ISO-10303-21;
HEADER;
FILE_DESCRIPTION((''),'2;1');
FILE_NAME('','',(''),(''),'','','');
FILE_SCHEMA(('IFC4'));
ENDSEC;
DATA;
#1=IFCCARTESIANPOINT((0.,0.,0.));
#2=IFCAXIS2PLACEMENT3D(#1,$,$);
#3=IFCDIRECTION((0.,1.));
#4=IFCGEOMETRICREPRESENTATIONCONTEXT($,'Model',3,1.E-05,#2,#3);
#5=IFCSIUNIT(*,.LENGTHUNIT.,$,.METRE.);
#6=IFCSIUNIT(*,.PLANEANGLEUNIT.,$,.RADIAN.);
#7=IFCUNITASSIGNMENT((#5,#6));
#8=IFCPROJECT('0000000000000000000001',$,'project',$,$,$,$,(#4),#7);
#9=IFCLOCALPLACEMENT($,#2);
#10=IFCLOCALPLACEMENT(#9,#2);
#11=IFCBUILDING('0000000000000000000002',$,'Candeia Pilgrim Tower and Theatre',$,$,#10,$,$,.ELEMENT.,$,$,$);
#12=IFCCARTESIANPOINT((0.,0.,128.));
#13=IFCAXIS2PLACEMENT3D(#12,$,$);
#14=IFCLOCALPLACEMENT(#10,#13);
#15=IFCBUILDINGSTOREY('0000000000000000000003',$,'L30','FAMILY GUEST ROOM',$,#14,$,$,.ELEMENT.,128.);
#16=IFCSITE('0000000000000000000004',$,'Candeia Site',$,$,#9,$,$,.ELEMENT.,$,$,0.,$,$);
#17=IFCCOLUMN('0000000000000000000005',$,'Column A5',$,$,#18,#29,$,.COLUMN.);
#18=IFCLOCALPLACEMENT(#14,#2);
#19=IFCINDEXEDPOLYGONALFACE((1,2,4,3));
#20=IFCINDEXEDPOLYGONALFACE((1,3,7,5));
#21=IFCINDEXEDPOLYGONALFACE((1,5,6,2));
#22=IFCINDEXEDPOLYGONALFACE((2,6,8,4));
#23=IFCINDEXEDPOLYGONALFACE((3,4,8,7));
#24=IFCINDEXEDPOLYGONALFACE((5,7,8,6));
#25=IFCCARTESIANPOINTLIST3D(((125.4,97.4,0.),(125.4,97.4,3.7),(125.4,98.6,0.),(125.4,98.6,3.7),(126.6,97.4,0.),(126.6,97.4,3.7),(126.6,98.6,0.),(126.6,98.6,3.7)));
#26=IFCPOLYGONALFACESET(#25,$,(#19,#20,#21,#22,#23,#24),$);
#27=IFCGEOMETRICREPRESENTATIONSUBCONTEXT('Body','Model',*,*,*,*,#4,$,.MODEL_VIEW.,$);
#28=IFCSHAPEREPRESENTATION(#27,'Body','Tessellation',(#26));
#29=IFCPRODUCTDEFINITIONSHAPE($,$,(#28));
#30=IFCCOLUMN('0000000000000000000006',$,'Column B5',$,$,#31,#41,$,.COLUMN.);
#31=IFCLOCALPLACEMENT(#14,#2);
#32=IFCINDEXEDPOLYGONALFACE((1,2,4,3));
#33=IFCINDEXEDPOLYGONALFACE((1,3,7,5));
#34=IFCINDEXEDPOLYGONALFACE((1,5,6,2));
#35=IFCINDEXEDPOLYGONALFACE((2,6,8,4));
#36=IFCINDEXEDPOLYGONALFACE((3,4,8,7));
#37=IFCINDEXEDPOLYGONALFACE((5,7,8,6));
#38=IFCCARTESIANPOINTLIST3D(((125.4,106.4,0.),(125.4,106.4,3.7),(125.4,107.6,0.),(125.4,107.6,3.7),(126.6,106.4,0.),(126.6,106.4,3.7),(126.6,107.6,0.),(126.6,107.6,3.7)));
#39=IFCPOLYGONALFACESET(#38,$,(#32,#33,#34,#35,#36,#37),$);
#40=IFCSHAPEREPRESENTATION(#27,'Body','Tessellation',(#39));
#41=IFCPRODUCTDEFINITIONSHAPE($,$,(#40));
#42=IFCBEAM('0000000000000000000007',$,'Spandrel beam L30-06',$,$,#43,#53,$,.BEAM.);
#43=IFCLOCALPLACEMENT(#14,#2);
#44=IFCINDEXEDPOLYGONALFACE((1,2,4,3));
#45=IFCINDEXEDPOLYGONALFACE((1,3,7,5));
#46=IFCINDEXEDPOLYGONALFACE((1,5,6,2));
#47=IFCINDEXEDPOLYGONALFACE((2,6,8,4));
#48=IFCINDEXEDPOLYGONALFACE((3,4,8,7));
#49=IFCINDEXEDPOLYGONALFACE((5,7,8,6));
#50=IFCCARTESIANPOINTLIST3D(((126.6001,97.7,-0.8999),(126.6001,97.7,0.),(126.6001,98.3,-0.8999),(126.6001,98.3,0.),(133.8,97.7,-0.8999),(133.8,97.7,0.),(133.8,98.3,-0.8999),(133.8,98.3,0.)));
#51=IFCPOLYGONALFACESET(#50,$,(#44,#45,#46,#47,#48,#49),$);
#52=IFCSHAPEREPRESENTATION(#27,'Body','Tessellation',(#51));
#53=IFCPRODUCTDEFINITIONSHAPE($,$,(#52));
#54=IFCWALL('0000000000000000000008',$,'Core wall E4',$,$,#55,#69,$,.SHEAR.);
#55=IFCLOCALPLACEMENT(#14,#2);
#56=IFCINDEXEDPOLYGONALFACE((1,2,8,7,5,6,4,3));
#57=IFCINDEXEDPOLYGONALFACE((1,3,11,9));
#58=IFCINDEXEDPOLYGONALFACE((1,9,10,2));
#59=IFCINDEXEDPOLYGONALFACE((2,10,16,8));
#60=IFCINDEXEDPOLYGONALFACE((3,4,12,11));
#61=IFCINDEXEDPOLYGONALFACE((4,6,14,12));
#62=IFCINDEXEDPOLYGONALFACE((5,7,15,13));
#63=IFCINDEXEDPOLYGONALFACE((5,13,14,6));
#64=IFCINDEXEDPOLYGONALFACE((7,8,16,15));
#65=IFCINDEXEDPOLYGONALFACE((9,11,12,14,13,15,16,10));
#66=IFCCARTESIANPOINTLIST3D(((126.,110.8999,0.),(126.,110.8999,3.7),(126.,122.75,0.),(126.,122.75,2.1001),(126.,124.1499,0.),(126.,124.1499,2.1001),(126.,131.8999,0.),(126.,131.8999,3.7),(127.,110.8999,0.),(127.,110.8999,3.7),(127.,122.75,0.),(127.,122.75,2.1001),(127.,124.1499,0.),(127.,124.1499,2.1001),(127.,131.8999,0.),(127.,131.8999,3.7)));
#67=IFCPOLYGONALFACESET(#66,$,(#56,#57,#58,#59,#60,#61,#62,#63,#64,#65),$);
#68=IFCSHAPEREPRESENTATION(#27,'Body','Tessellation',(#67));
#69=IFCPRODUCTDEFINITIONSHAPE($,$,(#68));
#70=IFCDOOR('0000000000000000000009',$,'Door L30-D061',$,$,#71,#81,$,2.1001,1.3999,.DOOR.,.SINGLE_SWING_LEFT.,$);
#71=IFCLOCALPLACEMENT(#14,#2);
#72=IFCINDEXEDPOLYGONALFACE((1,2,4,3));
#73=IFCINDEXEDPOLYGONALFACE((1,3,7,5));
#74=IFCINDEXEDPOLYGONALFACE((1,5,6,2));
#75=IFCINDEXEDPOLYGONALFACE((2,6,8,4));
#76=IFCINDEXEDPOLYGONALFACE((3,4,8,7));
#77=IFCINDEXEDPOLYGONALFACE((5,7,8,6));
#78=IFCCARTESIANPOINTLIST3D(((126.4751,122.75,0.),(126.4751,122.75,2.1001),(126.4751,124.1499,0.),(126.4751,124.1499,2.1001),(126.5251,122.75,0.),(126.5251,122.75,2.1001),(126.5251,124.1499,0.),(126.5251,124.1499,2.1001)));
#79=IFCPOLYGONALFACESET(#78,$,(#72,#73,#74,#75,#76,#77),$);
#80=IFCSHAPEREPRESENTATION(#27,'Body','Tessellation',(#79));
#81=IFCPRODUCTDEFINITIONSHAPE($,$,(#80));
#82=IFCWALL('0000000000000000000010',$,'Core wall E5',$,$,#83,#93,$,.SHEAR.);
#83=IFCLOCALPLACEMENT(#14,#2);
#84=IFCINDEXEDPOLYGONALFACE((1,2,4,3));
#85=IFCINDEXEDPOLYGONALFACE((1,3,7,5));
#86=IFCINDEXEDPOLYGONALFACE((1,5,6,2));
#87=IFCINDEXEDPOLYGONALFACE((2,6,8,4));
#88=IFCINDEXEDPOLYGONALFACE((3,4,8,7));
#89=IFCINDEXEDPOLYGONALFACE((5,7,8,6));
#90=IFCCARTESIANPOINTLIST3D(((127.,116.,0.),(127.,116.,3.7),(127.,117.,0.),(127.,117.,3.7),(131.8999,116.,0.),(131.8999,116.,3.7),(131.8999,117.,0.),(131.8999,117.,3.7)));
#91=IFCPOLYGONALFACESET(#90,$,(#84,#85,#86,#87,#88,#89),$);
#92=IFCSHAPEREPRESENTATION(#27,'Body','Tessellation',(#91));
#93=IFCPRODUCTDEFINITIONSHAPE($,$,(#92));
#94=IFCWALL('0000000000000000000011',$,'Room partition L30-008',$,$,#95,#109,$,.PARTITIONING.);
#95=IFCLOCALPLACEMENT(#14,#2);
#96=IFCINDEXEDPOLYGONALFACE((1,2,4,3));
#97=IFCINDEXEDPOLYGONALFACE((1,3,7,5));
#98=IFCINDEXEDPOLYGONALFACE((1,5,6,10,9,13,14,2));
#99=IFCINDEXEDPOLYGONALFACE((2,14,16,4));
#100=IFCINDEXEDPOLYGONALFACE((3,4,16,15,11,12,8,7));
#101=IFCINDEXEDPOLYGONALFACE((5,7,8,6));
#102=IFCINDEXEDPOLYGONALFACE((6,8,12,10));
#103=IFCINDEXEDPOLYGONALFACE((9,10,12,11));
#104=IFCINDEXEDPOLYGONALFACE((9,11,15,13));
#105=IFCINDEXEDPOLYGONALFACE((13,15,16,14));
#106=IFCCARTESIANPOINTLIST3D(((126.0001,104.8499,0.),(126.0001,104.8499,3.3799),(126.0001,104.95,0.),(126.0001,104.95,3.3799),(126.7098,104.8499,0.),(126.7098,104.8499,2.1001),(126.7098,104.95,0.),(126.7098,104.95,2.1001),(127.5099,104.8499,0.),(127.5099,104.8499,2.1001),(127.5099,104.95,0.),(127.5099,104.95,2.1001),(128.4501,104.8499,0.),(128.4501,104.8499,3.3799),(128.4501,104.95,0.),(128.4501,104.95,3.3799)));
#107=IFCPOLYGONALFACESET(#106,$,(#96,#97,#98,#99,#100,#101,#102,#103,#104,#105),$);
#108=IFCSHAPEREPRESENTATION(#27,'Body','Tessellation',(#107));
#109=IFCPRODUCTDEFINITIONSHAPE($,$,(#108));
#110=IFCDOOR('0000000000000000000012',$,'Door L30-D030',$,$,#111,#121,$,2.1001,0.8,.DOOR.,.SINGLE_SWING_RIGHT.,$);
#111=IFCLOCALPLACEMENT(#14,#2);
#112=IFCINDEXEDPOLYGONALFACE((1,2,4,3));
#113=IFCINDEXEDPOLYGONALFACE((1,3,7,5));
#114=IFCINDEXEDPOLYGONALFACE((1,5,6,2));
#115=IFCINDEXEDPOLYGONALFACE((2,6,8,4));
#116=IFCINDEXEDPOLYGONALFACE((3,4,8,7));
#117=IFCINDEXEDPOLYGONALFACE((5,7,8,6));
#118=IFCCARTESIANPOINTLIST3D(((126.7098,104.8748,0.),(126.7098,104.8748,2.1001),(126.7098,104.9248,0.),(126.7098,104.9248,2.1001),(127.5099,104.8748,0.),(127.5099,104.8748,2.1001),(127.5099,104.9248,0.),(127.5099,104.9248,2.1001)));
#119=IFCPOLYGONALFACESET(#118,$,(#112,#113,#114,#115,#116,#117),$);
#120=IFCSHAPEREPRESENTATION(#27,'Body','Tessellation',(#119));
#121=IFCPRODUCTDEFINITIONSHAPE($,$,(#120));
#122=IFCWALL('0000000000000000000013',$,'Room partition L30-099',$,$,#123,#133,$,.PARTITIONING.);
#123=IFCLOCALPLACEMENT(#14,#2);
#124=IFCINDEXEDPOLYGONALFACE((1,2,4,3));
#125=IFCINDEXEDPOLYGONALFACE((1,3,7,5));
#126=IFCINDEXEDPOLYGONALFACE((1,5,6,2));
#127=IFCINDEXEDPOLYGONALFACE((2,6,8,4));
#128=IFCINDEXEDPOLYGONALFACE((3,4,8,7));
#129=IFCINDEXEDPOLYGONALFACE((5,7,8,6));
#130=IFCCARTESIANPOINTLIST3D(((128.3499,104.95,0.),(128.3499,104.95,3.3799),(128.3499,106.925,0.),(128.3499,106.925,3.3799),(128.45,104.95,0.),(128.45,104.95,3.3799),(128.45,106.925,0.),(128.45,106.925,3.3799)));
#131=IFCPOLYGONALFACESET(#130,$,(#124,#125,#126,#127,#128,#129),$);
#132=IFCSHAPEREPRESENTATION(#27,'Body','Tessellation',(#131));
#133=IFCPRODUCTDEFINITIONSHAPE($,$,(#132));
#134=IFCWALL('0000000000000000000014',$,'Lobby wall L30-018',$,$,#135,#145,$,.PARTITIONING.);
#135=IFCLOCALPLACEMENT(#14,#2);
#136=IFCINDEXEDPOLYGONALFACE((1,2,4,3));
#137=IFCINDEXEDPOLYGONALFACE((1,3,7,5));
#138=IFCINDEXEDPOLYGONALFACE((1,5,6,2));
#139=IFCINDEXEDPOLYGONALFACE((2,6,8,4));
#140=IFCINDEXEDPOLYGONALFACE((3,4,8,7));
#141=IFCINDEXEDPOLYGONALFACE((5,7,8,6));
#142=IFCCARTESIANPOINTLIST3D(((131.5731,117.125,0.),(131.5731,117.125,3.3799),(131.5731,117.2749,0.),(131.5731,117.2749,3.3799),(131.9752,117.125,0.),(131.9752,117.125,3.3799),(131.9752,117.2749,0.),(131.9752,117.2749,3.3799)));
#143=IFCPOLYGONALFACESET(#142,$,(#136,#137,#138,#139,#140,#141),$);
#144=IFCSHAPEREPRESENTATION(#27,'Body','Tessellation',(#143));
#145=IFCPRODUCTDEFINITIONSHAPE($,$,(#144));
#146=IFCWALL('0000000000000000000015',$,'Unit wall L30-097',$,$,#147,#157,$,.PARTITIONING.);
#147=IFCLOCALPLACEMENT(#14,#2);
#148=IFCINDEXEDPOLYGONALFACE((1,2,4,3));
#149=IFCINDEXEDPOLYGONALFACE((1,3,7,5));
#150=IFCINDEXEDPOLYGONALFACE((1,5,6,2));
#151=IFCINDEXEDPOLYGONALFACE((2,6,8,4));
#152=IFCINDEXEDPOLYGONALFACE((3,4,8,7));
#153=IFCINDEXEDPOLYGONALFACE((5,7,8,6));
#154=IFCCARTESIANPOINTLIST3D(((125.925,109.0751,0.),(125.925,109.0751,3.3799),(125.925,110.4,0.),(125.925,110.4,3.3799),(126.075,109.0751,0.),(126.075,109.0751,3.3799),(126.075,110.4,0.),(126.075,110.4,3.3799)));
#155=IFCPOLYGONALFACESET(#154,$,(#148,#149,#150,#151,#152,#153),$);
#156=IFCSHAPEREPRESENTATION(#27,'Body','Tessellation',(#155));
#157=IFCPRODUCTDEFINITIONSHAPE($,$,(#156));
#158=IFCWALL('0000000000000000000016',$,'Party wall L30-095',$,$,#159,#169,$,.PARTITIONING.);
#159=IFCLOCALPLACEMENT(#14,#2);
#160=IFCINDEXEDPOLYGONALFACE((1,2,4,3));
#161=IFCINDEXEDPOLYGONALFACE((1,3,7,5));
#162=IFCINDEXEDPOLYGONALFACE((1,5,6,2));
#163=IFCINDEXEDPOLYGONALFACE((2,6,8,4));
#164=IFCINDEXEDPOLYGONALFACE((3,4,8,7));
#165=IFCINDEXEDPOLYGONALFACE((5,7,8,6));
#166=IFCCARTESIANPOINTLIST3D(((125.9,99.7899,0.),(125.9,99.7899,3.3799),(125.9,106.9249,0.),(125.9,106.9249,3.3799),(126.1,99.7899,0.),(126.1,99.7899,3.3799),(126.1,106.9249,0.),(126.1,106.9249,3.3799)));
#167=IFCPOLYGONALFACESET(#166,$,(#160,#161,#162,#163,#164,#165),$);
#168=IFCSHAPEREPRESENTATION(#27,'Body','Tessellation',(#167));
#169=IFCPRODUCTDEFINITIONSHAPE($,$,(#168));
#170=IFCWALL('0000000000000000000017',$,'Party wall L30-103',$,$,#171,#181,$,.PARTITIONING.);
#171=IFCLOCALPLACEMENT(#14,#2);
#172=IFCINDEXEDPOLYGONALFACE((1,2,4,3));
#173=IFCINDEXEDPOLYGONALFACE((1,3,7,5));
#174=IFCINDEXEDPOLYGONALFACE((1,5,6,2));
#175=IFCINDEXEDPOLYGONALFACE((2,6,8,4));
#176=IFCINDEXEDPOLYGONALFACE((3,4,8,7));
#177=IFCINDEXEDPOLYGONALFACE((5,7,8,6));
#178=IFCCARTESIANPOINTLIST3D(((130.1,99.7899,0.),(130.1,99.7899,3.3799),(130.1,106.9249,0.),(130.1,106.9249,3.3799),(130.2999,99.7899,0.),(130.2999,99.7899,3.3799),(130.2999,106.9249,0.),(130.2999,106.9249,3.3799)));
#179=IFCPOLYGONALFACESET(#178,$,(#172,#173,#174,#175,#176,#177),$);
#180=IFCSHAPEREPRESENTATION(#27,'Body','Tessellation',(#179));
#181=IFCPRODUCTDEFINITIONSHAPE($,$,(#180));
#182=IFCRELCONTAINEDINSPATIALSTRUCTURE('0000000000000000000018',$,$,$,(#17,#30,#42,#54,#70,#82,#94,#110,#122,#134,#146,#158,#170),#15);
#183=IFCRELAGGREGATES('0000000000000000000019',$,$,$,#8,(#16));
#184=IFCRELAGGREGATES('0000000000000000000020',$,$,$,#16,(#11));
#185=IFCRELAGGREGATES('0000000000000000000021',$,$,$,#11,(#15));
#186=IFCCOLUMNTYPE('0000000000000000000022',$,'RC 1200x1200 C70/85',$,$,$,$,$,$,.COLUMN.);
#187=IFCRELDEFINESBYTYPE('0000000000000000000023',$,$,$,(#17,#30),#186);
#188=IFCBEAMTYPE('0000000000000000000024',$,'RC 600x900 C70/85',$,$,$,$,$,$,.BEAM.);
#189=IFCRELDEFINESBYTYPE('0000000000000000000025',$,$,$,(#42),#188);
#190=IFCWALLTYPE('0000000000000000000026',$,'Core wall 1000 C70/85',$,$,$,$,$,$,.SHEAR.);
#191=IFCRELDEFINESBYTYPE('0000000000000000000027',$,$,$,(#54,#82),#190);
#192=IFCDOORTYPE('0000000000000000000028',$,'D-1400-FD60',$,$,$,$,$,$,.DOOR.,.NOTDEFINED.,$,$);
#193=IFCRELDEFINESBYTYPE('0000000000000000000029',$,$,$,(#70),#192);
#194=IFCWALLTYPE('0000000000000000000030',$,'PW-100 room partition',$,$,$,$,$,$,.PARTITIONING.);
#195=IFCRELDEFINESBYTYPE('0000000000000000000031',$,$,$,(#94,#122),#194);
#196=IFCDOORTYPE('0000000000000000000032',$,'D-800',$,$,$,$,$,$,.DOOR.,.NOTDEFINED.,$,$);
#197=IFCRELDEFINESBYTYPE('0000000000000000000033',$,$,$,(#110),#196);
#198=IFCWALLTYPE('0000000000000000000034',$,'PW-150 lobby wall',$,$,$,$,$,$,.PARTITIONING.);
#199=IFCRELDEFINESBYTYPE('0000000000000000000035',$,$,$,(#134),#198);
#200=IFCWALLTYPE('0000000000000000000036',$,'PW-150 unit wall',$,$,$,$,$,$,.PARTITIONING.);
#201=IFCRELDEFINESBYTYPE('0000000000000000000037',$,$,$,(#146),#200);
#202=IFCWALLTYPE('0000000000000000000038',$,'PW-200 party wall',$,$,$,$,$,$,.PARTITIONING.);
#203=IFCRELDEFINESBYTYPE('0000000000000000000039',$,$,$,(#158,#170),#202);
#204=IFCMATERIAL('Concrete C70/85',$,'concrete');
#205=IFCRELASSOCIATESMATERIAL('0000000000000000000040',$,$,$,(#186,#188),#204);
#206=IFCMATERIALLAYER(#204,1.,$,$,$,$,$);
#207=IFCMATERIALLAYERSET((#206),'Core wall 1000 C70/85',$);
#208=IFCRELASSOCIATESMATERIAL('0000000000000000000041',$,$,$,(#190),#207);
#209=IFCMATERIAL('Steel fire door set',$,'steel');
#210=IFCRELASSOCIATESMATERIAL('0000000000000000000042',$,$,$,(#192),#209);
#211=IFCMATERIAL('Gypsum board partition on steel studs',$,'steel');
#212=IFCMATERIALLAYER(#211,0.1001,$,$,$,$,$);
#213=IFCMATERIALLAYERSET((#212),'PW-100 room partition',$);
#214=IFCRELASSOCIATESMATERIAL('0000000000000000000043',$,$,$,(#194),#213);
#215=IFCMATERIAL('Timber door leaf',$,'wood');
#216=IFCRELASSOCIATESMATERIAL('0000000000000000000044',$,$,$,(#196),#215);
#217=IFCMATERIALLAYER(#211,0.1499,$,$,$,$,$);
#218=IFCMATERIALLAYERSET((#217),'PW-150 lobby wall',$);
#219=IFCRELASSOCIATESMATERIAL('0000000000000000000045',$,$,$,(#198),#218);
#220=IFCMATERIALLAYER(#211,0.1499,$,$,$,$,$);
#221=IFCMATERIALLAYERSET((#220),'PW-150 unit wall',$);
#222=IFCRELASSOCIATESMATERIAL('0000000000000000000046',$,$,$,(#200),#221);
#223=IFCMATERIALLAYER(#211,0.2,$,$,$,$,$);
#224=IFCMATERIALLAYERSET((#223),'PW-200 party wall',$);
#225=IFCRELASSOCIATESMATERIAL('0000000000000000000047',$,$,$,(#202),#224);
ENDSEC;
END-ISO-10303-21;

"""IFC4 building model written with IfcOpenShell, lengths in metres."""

from ifc_helpers import new_model, si_unit, direction, frame, frame_2d, origin, origin_2d, place, context, subcontext, project, spatial, rectangle, extrude, material, layer, layer_set, material_profile, profile_set, type_object, element, fill, save


model = new_model("IFC4")

# Units and contexts
model_context = context("Model", 3, precision=1e-05, world=origin(), true_north=direction((0.0, 1.0)))
body_context = subcontext(model_context, "Body", "Model", "MODEL_VIEW")
ifc_project = project(units=[si_unit("LENGTHUNIT", "METRE"), si_unit("PLANEANGLEUNIT", "RADIAN")], contexts=[model_context])

# Site, building, storey
site_placement = place(None, origin())
site = spatial("IfcSite", under=ifc_project, at=site_placement, Name="Candeia Site", CompositionType="ELEMENT", RefElevation=0.0)
building_placement = place(site_placement, origin())
building = spatial("IfcBuilding", under=site, at=building_placement, Name="Candeia Pilgrim Tower and Theatre", CompositionType="ELEMENT")
storey_placement = place(building_placement, frame((0.0, 0.0, 128.0)))
storey = spatial("IfcBuildingStorey", under=building, at=storey_placement, Name="L30", Description="FAMILY GUEST ROOM", CompositionType="ELEMENT", Elevation=128.0)

# Columns
ifc_material_1 = material(Name="Concrete C70/85", Category="concrete")
ifc_material_profile_1 = material_profile(ifc_material_1, rectangle(XDim=1.2, YDim=1.2, at=origin_2d()))
ifc_profile_set_1 = profile_set([ifc_material_profile_1], Name="Concrete C70/85")
column_type = type_object("IfcColumnType", Name="RC 1200x1200 C70/85", PredefinedType="COLUMN", material=ifc_profile_set_1)
for number, where, z_axis, x_axis, name in (
    (1, (126.0, 98.0, 0.0), (0.0, 0.0, 1.0), (1.0, 0.0, 0.0), "Column A5"),
    (2, (126.0, 107.0, 0.0), (0.0, 0.0, 1.0), (1.0, 0.0, 0.0), "Column B5"),
):
    element("IfcColumn", number, at=place(storey_placement, frame(where, z_axis=z_axis, x_axis=x_axis)), inside=storey, type_object=column_type, Name=name, PredefinedType="COLUMN", context=body_context, shape_type="SweptSolid", body=[
        extrude(rectangle(XDim=1.2, YDim=1.2, at=origin_2d()), origin(), (0.0, 0.0, 1.0), 3.7),
    ])

# Beam
ifc_material_profile_2 = material_profile(ifc_material_1, rectangle(XDim=0.6001, YDim=0.8999, at=origin_2d()))
ifc_profile_set_2 = profile_set([ifc_material_profile_2], Name="Concrete C70/85")
beam_type = type_object("IfcBeamType", Name="RC 600x900 C70/85", PredefinedType="BEAM", material=ifc_profile_set_2)
beam_placement = place(storey_placement, frame((126.6001, 98.0, -0.45), z_axis=(1.0, 0.0, 0.0), x_axis=(0.0, 1.0, 0.0)))
element("IfcBeam", 3, at=beam_placement, inside=storey, type_object=beam_type, Name="Spandrel beam L30-06", PredefinedType="BEAM", context=body_context, shape_type="SweptSolid", body=[
    extrude(rectangle(XDim=0.6001, YDim=0.8999, at=origin_2d()), origin(), (0.0, 0.0, 1.0), 7.2),
])

# Wall, opening, door
ifc_layer_1 = layer(ifc_material_1, 1.0)
ifc_layer_set_1 = layer_set([ifc_layer_1], Name="Core wall 1000 C70/85")
wall_type_1 = type_object("IfcWallType", Name="Core wall 1000 C70/85", PredefinedType="SHEAR", material=ifc_layer_set_1)
wall_1_placement = place(storey_placement, frame((126.5, 110.8999, 0.0), z_axis=(0.0, 0.0, 1.0), x_axis=(0.0, 1.0, 0.0)))
wall_1 = element("IfcWall", 4, at=wall_1_placement, inside=storey, type_object=wall_type_1, Name="Core wall E4", PredefinedType="SHEAR", context=body_context, shape_type="SweptSolid", body=[
    extrude(rectangle(XDim=21.0, YDim=1.0, at=frame_2d((10.5, 0.0))), origin(), (0.0, 0.0, 1.0), 3.7),
])
opening_1_placement = place(wall_1_placement, frame((11.8501, 0.0, 0.0)))
opening_1 = element("IfcOpeningElement", 5, at=opening_1_placement, cuts=wall_1, PredefinedType="OPENING", context=body_context, shape_type="SweptSolid", body=[
    extrude(rectangle(XDim=1.3999, YDim=2.1001, at=frame_2d((0.7, 1.05))), frame((0.0, 0.51, 0.0), z_axis=(0.0, -1.0, 0.0), x_axis=(1.0, 0.0, 0.0)), (0.0, 0.0, 1.0), 1.02),
])
ifc_material_2 = material(Name="Steel fire door set", Category="steel")
door_type_1 = type_object("IfcDoorType", Name="D-1400-FD60", OperationType="NOTDEFINED", PredefinedType="DOOR", material=ifc_material_2)
door_1_placement = place(opening_1_placement, origin())
door_1 = element("IfcDoor", 6, at=door_1_placement, inside=storey, type_object=door_type_1, Name="Door L30-D061", OperationType="SINGLE_SWING_LEFT", OverallHeight=2.1001, OverallWidth=1.3999, PredefinedType="DOOR", context=body_context, shape_type="SweptSolid", body=[
    extrude(rectangle(XDim=1.3999, YDim=2.1001, at=frame_2d((0.7, 1.05))), frame((0.0, 0.0249, 0.0), z_axis=(0.0, -1.0, 0.0), x_axis=(1.0, 0.0, 0.0)), (0.0, 0.0, 1.0), 0.05),
])
fill(opening_1, door_1)

# Wall
wall_2_placement = place(storey_placement, frame((127.0, 116.5, 0.0), z_axis=(0.0, 0.0, 1.0), x_axis=(1.0, 0.0, 0.0)))
element("IfcWall", 7, at=wall_2_placement, inside=storey, type_object=wall_type_1, Name="Core wall E5", PredefinedType="SHEAR", context=body_context, shape_type="SweptSolid", body=[
    extrude(rectangle(XDim=4.8999, YDim=1.0, at=frame_2d((2.45, 0.0))), origin(), (0.0, 0.0, 1.0), 3.7),
])

# Wall, opening, door
ifc_material_3 = material(Name="Gypsum board partition on steel studs", Category="steel")
ifc_layer_2 = layer(ifc_material_3, 0.1001)
ifc_layer_set_2 = layer_set([ifc_layer_2], Name="PW-100 room partition")
wall_type_2 = type_object("IfcWallType", Name="PW-100 room partition", PredefinedType="PARTITIONING", material=ifc_layer_set_2)
wall_3_placement = place(storey_placement, frame((126.0, 104.8999, 0.0), z_axis=(0.0, 0.0, 1.0), x_axis=(1.0, 0.0, 0.0)))
wall_3 = element("IfcWall", 8, at=wall_3_placement, inside=storey, type_object=wall_type_2, Name="Room partition L30-008", PredefinedType="PARTITIONING", context=body_context, shape_type="SweptSolid", body=[
    extrude(rectangle(XDim=2.45, YDim=0.1001, at=frame_2d((1.2251, 0.0))), origin(), (0.0, 0.0, 1.0), 3.3799),
])
opening_2_placement = place(wall_3_placement, frame((0.71, 0.0, 0.0)))
opening_2 = element("IfcOpeningElement", 9, at=opening_2_placement, cuts=wall_3, PredefinedType="OPENING", context=body_context, shape_type="SweptSolid", body=[
    extrude(rectangle(XDim=0.8, YDim=2.1001, at=frame_2d((0.3999, 1.05))), frame((0.0, 0.0601, 0.0), z_axis=(0.0, -1.0, 0.0), x_axis=(1.0, 0.0, 0.0)), (0.0, 0.0, 1.0), 0.1201),
])
ifc_material_4 = material(Name="Timber door leaf", Category="wood")
door_type_2 = type_object("IfcDoorType", Name="D-800", OperationType="NOTDEFINED", PredefinedType="DOOR", material=ifc_material_4)
door_2_placement = place(opening_2_placement, origin())
door_2 = element("IfcDoor", 10, at=door_2_placement, inside=storey, type_object=door_type_2, Name="Door L30-D030", OperationType="SINGLE_SWING_RIGHT", OverallHeight=2.1001, OverallWidth=0.8, PredefinedType="DOOR", context=body_context, shape_type="SweptSolid", body=[
    extrude(rectangle(XDim=0.8, YDim=2.1001, at=frame_2d((0.3999, 1.05))), frame((0.0, 0.0249, 0.0), z_axis=(0.0, -1.0, 0.0), x_axis=(1.0, 0.0, 0.0)), (0.0, 0.0, 1.0), 0.05),
])
fill(opening_2, door_2)

# Walls
wall_4_placement = place(storey_placement, frame((128.3999, 104.95, 0.0), z_axis=(0.0, 0.0, 1.0), x_axis=(0.0, 1.0, 0.0)))
element("IfcWall", 11, at=wall_4_placement, inside=storey, type_object=wall_type_2, Name="Room partition L30-099", PredefinedType="PARTITIONING", context=body_context, shape_type="SweptSolid", body=[
    extrude(rectangle(XDim=1.9751, YDim=0.1001, at=frame_2d((0.9875, 0.0))), origin(), (0.0, 0.0, 1.0), 3.3799),
])
ifc_layer_3 = layer(ifc_material_3, 0.1499)
ifc_layer_set_3 = layer_set([ifc_layer_3], Name="PW-150 lobby wall")
wall_type_3 = type_object("IfcWallType", Name="PW-150 lobby wall", PredefinedType="PARTITIONING", material=ifc_layer_set_3)
wall_5_placement = place(storey_placement, frame((131.573, 117.2, 0.0), z_axis=(0.0, 0.0, 1.0), x_axis=(1.0, 0.0, 0.0)))
element("IfcWall", 12, at=wall_5_placement, inside=storey, type_object=wall_type_3, Name="Lobby wall L30-018", PredefinedType="PARTITIONING", context=body_context, shape_type="SweptSolid", body=[
    extrude(rectangle(XDim=0.4021, YDim=0.1499, at=frame_2d((0.2012, 0.0))), origin(), (0.0, 0.0, 1.0), 3.3799),
])
ifc_layer_4 = layer(ifc_material_3, 0.1499)
ifc_layer_set_4 = layer_set([ifc_layer_4], Name="PW-150 unit wall")
wall_type_4 = type_object("IfcWallType", Name="PW-150 unit wall", PredefinedType="PARTITIONING", material=ifc_layer_set_4)
wall_6_placement = place(storey_placement, frame((126.0, 109.075, 0.0), z_axis=(0.0, 0.0, 1.0), x_axis=(0.0, 1.0, 0.0)))
element("IfcWall", 13, at=wall_6_placement, inside=storey, type_object=wall_type_4, Name="Unit wall L30-097", PredefinedType="PARTITIONING", context=body_context, shape_type="SweptSolid", body=[
    extrude(rectangle(XDim=1.325, YDim=0.1499, at=frame_2d((0.6626, 0.0))), origin(), (0.0, 0.0, 1.0), 3.3799),
])
ifc_layer_5 = layer(ifc_material_3, 0.2)
ifc_layer_set_5 = layer_set([ifc_layer_5], Name="PW-200 party wall")
wall_type_5 = type_object("IfcWallType", Name="PW-200 party wall", PredefinedType="PARTITIONING", material=ifc_layer_set_5)
for number, where, z_axis, x_axis, name in (
    (14, (126.0, 99.79, 0.0), (0.0, 0.0, 1.0), (0.0, 1.0, 0.0), "Party wall L30-095"),
    (15, (130.2, 99.79, 0.0), (0.0, 0.0, 1.0), (0.0, 1.0, 0.0), "Party wall L30-103"),
):
    element("IfcWall", number, at=place(storey_placement, frame(where, z_axis=z_axis, x_axis=x_axis)), inside=storey, type_object=wall_type_5, Name=name, PredefinedType="PARTITIONING", context=body_context, shape_type="SweptSolid", body=[
        extrude(rectangle(XDim=7.135, YDim=0.2, at=frame_2d((3.5674, 0.0))), origin(), (0.0, 0.0, 1.0), 3.3799),
    ])

save(model, "model.ifc")
